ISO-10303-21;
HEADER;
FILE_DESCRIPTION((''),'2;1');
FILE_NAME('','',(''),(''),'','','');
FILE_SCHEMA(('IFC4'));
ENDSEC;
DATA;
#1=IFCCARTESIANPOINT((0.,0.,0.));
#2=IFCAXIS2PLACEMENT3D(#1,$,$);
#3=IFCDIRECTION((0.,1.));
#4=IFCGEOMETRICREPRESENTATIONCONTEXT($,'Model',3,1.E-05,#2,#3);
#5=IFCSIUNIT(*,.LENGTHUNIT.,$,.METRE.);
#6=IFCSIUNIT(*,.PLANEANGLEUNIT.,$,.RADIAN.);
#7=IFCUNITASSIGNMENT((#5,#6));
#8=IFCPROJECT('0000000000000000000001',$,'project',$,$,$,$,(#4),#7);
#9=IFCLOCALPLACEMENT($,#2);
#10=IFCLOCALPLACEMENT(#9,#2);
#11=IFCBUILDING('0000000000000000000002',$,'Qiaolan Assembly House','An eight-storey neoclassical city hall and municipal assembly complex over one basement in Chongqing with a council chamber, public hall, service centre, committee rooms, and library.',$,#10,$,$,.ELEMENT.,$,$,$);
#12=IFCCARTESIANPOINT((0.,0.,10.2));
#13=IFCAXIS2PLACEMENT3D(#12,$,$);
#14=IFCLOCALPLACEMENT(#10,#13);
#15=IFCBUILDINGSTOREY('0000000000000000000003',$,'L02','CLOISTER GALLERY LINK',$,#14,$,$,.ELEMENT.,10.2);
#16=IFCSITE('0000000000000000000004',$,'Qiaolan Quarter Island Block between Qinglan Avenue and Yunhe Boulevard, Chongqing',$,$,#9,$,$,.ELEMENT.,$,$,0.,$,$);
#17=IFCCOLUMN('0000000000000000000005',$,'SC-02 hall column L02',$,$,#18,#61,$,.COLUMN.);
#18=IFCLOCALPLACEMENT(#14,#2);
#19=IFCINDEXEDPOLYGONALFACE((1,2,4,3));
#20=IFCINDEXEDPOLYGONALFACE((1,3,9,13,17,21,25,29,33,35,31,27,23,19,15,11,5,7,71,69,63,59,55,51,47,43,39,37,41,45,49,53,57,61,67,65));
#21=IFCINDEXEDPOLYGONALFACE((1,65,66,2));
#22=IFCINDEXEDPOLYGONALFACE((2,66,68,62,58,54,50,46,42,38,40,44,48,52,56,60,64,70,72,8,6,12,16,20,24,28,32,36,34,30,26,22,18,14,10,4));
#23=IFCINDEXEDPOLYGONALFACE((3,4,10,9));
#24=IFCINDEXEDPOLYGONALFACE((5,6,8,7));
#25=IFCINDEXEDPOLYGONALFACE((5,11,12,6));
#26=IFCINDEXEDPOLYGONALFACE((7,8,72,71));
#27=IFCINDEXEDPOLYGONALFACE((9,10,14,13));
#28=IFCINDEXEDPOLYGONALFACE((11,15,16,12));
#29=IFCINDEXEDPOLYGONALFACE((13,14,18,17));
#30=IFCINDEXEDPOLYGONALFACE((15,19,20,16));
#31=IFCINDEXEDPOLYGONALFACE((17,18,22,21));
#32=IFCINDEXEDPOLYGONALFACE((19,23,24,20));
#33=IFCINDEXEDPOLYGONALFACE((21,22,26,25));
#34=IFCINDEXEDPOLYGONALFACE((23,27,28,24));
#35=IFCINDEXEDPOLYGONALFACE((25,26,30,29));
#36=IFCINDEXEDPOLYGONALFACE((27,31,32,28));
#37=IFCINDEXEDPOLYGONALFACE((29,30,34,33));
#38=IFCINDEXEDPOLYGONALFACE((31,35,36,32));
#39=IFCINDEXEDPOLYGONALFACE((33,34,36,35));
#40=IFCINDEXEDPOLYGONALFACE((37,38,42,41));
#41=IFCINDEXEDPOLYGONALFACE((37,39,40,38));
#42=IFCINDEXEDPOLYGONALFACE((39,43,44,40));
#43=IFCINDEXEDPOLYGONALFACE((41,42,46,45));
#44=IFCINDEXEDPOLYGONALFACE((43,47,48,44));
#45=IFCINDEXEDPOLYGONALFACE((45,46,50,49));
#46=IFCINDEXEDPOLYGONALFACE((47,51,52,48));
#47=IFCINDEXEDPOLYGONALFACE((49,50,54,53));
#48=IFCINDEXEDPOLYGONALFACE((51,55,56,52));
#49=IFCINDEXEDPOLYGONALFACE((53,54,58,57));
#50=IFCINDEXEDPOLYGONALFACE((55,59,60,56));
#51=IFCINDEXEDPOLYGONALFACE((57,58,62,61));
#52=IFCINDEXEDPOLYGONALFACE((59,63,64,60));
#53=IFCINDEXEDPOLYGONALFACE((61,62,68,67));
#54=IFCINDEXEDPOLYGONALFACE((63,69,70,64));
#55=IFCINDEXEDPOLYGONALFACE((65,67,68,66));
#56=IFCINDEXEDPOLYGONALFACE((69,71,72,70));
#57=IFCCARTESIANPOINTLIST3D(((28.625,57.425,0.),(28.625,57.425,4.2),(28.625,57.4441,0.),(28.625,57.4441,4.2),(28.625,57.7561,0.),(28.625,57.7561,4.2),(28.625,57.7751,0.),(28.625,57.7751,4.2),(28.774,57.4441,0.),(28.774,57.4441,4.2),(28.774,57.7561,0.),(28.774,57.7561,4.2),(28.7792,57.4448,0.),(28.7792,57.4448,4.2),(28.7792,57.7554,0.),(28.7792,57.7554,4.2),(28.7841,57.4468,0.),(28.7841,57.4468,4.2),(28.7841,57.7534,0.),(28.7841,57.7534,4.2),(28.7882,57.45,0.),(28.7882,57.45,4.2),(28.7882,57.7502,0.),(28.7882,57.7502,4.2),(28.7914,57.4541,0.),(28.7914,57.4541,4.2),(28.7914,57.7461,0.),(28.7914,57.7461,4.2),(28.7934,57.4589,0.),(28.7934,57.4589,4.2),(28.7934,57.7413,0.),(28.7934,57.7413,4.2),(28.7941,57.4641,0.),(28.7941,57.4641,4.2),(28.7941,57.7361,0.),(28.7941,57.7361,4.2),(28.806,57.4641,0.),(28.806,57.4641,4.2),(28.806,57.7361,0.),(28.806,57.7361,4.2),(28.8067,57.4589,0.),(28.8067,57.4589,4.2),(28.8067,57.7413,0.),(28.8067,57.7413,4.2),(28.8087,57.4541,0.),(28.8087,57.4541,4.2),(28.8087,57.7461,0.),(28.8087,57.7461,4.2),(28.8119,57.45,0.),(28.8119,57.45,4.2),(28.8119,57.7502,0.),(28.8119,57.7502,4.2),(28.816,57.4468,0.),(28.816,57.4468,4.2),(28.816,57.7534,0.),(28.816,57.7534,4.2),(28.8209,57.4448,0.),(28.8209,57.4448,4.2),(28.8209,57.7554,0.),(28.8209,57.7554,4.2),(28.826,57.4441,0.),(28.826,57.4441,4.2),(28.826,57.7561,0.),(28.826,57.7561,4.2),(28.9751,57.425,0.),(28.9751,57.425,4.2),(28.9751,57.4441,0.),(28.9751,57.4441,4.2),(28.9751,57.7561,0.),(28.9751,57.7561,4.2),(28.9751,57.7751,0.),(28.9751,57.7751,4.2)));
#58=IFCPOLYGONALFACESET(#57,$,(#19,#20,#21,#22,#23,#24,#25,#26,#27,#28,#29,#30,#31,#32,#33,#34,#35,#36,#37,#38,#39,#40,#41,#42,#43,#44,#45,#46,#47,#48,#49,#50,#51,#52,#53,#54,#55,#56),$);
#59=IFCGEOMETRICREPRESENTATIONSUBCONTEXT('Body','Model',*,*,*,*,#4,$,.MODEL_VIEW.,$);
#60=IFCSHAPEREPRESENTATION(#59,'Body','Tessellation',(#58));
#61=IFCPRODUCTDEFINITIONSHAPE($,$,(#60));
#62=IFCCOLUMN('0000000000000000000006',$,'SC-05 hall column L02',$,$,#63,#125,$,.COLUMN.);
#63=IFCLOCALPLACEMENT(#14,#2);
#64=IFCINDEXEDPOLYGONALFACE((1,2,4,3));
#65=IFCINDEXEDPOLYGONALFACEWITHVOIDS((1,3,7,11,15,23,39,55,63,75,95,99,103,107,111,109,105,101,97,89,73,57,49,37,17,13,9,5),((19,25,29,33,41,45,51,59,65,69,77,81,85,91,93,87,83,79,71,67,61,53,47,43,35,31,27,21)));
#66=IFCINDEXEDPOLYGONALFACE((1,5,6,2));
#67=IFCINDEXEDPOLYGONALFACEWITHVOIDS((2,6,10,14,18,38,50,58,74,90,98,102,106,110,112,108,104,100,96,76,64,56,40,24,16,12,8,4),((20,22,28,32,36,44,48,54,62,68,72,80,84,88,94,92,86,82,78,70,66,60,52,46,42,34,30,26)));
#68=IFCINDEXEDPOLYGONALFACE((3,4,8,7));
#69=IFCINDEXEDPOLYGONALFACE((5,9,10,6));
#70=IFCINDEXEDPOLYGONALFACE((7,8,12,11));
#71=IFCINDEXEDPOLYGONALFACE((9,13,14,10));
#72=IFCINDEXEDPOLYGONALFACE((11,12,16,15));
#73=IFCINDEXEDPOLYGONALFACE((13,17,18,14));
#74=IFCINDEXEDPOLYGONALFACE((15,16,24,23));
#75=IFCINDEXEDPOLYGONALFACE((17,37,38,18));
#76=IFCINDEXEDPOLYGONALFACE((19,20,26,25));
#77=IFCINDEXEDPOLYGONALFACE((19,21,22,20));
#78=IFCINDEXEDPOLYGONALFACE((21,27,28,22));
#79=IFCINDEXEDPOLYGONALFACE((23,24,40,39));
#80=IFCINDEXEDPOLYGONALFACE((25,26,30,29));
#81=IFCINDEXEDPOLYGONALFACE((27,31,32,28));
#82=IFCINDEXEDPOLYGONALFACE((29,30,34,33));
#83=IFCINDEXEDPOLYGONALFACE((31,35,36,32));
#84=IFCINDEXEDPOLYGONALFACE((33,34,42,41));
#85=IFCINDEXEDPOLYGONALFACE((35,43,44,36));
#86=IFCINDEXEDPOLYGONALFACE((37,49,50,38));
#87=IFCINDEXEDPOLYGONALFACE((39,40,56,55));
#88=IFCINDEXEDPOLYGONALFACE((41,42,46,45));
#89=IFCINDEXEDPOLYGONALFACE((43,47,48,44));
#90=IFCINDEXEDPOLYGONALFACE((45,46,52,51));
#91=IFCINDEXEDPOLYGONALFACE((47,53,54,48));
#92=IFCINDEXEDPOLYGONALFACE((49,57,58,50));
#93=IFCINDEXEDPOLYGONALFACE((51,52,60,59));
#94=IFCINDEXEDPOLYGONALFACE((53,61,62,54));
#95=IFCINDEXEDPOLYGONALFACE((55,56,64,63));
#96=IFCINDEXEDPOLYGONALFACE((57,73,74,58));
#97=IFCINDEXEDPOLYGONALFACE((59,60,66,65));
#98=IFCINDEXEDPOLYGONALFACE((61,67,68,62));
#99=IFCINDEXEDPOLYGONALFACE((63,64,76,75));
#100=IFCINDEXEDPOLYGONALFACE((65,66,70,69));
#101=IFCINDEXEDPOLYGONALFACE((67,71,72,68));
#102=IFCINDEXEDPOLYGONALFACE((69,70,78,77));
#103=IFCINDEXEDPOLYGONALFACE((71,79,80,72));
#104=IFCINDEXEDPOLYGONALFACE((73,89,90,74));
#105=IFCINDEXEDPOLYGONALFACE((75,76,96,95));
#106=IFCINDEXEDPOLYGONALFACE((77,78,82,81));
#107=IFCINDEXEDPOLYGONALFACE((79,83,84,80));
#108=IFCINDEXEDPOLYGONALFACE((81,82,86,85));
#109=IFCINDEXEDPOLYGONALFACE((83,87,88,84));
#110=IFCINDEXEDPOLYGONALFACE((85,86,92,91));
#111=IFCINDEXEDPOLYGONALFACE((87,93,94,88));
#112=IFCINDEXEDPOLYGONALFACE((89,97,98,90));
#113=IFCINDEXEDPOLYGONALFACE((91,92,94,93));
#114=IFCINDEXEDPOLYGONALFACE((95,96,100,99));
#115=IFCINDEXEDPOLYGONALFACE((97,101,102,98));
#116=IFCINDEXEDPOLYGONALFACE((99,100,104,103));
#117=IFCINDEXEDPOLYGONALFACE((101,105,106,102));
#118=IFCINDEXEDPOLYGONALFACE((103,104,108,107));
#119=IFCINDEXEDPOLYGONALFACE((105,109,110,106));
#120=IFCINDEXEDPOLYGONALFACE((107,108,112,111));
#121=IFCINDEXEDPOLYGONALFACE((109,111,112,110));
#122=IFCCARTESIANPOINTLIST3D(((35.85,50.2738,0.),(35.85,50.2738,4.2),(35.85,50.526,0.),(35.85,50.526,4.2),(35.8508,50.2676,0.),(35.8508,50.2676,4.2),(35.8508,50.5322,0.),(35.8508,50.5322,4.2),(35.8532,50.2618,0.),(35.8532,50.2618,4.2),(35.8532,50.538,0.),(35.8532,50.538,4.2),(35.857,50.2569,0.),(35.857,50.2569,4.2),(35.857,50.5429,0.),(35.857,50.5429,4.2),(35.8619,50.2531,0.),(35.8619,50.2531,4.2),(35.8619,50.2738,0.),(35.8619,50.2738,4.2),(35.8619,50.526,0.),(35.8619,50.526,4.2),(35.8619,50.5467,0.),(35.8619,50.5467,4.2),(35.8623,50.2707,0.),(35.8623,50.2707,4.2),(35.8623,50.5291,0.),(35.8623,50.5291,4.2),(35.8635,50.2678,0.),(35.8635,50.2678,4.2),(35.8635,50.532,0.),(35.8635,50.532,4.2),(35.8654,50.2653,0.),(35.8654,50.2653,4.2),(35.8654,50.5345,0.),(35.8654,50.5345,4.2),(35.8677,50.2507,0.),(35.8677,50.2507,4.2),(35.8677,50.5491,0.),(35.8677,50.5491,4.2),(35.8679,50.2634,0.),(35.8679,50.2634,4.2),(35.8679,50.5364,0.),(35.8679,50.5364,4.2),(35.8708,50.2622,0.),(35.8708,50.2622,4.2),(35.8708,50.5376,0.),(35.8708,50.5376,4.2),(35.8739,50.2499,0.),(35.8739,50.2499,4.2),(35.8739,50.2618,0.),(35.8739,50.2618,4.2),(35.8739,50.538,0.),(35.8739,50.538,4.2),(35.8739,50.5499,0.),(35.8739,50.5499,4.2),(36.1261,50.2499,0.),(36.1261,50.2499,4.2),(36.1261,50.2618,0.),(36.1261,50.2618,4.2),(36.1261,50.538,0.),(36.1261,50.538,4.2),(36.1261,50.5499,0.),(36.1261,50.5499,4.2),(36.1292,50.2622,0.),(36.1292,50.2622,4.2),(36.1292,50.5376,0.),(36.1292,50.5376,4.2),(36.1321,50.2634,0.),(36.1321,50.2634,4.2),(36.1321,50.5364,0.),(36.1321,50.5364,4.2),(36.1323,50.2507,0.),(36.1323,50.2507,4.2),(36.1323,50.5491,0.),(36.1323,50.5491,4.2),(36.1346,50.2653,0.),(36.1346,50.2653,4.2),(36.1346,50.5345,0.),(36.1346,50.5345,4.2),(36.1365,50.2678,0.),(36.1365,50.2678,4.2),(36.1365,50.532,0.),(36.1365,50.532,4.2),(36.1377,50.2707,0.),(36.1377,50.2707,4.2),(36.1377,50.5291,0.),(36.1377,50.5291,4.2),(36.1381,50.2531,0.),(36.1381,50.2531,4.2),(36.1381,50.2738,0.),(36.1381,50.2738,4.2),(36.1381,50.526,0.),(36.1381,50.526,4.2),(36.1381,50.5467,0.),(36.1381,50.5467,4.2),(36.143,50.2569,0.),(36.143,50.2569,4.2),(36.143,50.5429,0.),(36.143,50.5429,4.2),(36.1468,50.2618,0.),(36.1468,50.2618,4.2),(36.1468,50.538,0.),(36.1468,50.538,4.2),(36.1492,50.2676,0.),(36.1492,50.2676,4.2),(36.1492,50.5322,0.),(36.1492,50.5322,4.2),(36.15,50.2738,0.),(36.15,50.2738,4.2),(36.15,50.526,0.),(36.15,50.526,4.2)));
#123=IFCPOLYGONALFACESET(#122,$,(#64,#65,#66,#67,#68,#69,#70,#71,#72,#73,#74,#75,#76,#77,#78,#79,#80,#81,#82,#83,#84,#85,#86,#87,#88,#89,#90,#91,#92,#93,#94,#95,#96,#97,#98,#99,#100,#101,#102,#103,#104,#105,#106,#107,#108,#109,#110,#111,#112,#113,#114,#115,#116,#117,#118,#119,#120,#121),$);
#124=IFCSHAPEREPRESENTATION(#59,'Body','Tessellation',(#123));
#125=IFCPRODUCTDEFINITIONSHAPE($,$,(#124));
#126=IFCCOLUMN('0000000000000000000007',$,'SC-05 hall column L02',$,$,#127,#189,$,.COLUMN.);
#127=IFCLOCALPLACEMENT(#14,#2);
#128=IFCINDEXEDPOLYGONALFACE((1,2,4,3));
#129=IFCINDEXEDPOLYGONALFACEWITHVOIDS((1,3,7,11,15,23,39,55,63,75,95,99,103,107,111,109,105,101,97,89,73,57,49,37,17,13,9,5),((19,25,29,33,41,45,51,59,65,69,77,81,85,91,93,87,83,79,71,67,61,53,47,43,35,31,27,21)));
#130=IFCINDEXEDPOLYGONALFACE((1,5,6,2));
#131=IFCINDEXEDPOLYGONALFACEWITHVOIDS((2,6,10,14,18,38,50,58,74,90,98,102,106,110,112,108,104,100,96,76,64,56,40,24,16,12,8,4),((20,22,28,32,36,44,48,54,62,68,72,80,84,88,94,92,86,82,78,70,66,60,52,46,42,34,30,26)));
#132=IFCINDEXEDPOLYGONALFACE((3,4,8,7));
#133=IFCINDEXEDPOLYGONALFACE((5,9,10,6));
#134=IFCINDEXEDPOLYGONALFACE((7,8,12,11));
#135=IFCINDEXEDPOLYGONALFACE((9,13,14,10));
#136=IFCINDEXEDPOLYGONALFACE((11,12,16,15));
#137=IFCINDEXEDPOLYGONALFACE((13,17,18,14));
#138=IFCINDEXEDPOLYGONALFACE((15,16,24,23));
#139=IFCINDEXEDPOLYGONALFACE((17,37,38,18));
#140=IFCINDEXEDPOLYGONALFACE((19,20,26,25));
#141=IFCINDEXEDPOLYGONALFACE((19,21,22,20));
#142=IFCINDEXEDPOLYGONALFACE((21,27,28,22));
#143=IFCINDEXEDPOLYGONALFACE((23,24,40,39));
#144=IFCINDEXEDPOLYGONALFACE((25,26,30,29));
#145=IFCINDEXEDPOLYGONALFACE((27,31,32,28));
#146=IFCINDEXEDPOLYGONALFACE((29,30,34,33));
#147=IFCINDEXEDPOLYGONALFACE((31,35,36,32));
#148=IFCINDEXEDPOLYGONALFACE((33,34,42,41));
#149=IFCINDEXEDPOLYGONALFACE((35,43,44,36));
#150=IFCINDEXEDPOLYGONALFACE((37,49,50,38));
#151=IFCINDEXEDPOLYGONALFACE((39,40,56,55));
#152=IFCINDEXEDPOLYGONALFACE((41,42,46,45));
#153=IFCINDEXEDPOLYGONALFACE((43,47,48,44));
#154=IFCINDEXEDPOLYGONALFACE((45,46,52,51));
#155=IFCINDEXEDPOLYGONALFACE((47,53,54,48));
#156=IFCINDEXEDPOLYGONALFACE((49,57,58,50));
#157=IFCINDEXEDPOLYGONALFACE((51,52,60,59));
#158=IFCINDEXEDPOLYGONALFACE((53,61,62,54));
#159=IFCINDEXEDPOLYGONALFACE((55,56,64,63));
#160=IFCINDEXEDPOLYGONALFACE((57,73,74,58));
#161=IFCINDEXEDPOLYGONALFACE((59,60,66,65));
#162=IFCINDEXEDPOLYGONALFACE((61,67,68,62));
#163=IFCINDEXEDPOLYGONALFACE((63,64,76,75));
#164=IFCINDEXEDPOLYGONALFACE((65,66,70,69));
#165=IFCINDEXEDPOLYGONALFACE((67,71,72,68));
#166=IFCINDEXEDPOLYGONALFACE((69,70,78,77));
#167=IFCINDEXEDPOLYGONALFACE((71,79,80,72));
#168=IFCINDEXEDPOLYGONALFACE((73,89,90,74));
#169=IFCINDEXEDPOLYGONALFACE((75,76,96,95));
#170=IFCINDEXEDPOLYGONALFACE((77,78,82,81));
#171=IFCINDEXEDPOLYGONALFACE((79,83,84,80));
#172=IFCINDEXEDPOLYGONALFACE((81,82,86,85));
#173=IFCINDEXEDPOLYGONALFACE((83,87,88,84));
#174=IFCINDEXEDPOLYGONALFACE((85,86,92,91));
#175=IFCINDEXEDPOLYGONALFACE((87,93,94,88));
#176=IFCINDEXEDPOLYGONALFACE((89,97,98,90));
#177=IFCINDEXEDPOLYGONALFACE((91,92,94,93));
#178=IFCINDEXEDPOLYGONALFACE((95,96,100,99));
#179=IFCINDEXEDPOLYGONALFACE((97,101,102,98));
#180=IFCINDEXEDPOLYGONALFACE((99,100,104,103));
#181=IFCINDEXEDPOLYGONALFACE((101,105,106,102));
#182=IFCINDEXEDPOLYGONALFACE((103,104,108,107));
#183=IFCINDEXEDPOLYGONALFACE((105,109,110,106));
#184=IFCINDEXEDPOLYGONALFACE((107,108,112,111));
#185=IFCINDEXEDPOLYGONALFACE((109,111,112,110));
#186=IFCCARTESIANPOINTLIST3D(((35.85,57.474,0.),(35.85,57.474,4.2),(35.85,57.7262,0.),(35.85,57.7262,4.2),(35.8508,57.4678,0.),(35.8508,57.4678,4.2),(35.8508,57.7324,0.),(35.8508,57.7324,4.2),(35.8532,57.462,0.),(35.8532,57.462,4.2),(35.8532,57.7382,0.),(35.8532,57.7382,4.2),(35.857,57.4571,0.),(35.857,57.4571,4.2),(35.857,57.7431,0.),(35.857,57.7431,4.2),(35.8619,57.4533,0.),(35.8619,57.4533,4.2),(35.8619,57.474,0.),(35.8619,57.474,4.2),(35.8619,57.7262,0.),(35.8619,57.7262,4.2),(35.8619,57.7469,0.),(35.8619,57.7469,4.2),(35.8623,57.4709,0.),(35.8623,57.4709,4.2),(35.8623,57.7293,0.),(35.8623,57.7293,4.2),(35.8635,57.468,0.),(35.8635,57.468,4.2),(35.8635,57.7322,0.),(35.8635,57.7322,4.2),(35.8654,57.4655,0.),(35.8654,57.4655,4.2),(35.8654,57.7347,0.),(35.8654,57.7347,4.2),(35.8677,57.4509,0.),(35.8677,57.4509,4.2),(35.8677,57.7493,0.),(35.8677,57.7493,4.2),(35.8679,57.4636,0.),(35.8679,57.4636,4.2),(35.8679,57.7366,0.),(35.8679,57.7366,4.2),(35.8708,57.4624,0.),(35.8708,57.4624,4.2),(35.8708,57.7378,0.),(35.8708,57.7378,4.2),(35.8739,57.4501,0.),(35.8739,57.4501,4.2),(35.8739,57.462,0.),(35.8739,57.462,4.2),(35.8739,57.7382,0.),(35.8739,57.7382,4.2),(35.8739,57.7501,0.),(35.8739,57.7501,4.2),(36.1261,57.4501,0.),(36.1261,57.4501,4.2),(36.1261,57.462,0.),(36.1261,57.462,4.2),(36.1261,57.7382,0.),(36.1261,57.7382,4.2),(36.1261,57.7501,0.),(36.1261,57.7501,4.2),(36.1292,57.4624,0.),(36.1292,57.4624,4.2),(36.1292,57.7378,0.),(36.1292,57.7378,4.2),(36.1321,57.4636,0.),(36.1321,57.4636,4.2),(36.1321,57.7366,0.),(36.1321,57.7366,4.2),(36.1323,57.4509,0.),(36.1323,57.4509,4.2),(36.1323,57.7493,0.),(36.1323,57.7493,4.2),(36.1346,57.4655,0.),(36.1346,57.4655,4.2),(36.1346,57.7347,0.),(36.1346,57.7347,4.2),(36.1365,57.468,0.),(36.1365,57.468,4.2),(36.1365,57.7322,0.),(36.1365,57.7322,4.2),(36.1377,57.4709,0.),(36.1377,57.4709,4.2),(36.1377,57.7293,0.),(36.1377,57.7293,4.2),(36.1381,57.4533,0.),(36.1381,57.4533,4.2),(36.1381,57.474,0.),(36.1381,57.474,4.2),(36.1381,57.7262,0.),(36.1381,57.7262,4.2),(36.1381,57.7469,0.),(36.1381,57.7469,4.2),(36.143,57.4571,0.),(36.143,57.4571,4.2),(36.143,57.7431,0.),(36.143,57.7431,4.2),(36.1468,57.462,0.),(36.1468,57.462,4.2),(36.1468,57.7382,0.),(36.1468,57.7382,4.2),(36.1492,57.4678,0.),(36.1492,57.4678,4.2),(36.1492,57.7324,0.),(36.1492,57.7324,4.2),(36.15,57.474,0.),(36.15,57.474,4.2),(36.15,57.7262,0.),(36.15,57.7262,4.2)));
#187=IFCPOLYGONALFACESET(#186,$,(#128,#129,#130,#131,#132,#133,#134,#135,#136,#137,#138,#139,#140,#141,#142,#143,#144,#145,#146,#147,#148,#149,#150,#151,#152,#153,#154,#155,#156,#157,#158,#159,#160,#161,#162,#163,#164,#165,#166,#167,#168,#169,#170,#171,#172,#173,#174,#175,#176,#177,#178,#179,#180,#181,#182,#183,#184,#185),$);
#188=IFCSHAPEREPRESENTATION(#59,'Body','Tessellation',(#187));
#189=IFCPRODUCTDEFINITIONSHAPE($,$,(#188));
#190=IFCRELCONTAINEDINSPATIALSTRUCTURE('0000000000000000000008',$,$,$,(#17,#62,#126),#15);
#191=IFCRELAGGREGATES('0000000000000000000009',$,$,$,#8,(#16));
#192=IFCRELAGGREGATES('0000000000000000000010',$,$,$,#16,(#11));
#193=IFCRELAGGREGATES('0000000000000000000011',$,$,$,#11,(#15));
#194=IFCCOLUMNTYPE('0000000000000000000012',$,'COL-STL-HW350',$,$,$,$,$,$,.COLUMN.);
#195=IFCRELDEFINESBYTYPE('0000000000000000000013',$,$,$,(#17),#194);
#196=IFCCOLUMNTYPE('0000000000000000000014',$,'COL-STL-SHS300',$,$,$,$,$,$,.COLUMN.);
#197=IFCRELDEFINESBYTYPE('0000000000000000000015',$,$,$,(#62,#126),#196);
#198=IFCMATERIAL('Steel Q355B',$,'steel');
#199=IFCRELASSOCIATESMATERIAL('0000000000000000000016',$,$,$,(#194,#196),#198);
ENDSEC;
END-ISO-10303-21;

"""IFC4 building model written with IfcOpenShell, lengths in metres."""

from ifc_helpers import new_model, si_unit, direction, frame, origin, origin_2d, place, context, subcontext, project, spatial, hollow_rectangle, i_section, extrude, material, material_profile, profile_set, type_object, element, save


model = new_model("IFC4")

# Units and contexts
model_context = context("Model", 3, precision=1e-05, world=origin(), true_north=direction((0.0, 1.0)))
body_context = subcontext(model_context, "Body", "Model", "MODEL_VIEW")
ifc_project = project(units=[si_unit("LENGTHUNIT", "METRE"), si_unit("PLANEANGLEUNIT", "RADIAN")], contexts=[model_context])

# Site, building, storey
site_placement = place(None, origin())
site = spatial("IfcSite", under=ifc_project, at=site_placement, Name="Qiaolan Quarter Island Block between Qinglan Avenue and Yunhe Boulevard, Chongqing", CompositionType="ELEMENT", RefElevation=0.0)
building_placement = place(site_placement, origin())
building = spatial("IfcBuilding", under=site, at=building_placement, Name="Qiaolan Assembly House", Description="An eight-storey neoclassical city hall and municipal assembly complex over one basement in Chongqing with a council chamber, public hall, service centre, committee rooms, and library.", CompositionType="ELEMENT")
storey_placement = place(building_placement, frame((0.0, 0.0, 10.2)))
storey = spatial("IfcBuildingStorey", under=building, at=storey_placement, Name="L02", Description="CLOISTER GALLERY LINK", CompositionType="ELEMENT", Elevation=10.2)

# Columns
ifc_material_1 = material(Name="Steel Q355B", Category="steel")
ifc_material_profile_1 = material_profile(ifc_material_1, i_section(OverallWidth=0.3501, OverallDepth=0.3501, WebThickness=0.012, FlangeThickness=0.019, FilletRadius=0.02, at=origin_2d()), Name="HW 350x350x12x19")
ifc_profile_set_1 = profile_set([ifc_material_profile_1], Name="Steel Q355B")
column_type_1 = type_object("IfcColumnType", Name="COL-STL-HW350", PredefinedType="COLUMN", material=ifc_profile_set_1)
column_placement = place(storey_placement, frame((28.8, 57.6001, 0.0), z_axis=(0.0, 0.0, 1.0), x_axis=(1.0, 0.0, 0.0)))
element("IfcColumn", 1, at=column_placement, inside=storey, type_object=column_type_1, Name="SC-02 hall column L02", PredefinedType="COLUMN", context=body_context, shape_type="SweptSolid", body=[
    extrude(i_section(OverallWidth=0.3501, OverallDepth=0.3501, WebThickness=0.012, FlangeThickness=0.019, FilletRadius=0.02, at=origin_2d()), origin(), (0.0, 0.0, 1.0), 4.2),
])
ifc_material_profile_2 = material_profile(ifc_material_1, hollow_rectangle(XDim=0.3, YDim=0.3, WallThickness=0.012, InnerFilletRadius=0.012, OuterFilletRadius=0.0239, at=origin_2d()), Name="SHS 300x300x12")
ifc_profile_set_2 = profile_set([ifc_material_profile_2], Name="Steel Q355B")
column_type_2 = type_object("IfcColumnType", Name="COL-STL-SHS300", PredefinedType="COLUMN", material=ifc_profile_set_2)
for number, where, z_axis, x_axis, name in (
    (2, (36.0, 50.3999, 0.0), (0.0, 0.0, 1.0), (1.0, 0.0, 0.0), "SC-05 hall column L02"),
    (3, (36.0, 57.6001, 0.0), (0.0, 0.0, 1.0), (1.0, 0.0, 0.0), "SC-05 hall column L02"),
):
    element("IfcColumn", number, at=place(storey_placement, frame(where, z_axis=z_axis, x_axis=x_axis)), inside=storey, type_object=column_type_2, Name=name, PredefinedType="COLUMN", context=body_context, shape_type="SweptSolid", body=[
        extrude(hollow_rectangle(XDim=0.3, YDim=0.3, WallThickness=0.012, InnerFilletRadius=0.012, OuterFilletRadius=0.0239, at=origin_2d()), origin(), (0.0, 0.0, 1.0), 4.2),
    ])

save(model, "model.ifc")
